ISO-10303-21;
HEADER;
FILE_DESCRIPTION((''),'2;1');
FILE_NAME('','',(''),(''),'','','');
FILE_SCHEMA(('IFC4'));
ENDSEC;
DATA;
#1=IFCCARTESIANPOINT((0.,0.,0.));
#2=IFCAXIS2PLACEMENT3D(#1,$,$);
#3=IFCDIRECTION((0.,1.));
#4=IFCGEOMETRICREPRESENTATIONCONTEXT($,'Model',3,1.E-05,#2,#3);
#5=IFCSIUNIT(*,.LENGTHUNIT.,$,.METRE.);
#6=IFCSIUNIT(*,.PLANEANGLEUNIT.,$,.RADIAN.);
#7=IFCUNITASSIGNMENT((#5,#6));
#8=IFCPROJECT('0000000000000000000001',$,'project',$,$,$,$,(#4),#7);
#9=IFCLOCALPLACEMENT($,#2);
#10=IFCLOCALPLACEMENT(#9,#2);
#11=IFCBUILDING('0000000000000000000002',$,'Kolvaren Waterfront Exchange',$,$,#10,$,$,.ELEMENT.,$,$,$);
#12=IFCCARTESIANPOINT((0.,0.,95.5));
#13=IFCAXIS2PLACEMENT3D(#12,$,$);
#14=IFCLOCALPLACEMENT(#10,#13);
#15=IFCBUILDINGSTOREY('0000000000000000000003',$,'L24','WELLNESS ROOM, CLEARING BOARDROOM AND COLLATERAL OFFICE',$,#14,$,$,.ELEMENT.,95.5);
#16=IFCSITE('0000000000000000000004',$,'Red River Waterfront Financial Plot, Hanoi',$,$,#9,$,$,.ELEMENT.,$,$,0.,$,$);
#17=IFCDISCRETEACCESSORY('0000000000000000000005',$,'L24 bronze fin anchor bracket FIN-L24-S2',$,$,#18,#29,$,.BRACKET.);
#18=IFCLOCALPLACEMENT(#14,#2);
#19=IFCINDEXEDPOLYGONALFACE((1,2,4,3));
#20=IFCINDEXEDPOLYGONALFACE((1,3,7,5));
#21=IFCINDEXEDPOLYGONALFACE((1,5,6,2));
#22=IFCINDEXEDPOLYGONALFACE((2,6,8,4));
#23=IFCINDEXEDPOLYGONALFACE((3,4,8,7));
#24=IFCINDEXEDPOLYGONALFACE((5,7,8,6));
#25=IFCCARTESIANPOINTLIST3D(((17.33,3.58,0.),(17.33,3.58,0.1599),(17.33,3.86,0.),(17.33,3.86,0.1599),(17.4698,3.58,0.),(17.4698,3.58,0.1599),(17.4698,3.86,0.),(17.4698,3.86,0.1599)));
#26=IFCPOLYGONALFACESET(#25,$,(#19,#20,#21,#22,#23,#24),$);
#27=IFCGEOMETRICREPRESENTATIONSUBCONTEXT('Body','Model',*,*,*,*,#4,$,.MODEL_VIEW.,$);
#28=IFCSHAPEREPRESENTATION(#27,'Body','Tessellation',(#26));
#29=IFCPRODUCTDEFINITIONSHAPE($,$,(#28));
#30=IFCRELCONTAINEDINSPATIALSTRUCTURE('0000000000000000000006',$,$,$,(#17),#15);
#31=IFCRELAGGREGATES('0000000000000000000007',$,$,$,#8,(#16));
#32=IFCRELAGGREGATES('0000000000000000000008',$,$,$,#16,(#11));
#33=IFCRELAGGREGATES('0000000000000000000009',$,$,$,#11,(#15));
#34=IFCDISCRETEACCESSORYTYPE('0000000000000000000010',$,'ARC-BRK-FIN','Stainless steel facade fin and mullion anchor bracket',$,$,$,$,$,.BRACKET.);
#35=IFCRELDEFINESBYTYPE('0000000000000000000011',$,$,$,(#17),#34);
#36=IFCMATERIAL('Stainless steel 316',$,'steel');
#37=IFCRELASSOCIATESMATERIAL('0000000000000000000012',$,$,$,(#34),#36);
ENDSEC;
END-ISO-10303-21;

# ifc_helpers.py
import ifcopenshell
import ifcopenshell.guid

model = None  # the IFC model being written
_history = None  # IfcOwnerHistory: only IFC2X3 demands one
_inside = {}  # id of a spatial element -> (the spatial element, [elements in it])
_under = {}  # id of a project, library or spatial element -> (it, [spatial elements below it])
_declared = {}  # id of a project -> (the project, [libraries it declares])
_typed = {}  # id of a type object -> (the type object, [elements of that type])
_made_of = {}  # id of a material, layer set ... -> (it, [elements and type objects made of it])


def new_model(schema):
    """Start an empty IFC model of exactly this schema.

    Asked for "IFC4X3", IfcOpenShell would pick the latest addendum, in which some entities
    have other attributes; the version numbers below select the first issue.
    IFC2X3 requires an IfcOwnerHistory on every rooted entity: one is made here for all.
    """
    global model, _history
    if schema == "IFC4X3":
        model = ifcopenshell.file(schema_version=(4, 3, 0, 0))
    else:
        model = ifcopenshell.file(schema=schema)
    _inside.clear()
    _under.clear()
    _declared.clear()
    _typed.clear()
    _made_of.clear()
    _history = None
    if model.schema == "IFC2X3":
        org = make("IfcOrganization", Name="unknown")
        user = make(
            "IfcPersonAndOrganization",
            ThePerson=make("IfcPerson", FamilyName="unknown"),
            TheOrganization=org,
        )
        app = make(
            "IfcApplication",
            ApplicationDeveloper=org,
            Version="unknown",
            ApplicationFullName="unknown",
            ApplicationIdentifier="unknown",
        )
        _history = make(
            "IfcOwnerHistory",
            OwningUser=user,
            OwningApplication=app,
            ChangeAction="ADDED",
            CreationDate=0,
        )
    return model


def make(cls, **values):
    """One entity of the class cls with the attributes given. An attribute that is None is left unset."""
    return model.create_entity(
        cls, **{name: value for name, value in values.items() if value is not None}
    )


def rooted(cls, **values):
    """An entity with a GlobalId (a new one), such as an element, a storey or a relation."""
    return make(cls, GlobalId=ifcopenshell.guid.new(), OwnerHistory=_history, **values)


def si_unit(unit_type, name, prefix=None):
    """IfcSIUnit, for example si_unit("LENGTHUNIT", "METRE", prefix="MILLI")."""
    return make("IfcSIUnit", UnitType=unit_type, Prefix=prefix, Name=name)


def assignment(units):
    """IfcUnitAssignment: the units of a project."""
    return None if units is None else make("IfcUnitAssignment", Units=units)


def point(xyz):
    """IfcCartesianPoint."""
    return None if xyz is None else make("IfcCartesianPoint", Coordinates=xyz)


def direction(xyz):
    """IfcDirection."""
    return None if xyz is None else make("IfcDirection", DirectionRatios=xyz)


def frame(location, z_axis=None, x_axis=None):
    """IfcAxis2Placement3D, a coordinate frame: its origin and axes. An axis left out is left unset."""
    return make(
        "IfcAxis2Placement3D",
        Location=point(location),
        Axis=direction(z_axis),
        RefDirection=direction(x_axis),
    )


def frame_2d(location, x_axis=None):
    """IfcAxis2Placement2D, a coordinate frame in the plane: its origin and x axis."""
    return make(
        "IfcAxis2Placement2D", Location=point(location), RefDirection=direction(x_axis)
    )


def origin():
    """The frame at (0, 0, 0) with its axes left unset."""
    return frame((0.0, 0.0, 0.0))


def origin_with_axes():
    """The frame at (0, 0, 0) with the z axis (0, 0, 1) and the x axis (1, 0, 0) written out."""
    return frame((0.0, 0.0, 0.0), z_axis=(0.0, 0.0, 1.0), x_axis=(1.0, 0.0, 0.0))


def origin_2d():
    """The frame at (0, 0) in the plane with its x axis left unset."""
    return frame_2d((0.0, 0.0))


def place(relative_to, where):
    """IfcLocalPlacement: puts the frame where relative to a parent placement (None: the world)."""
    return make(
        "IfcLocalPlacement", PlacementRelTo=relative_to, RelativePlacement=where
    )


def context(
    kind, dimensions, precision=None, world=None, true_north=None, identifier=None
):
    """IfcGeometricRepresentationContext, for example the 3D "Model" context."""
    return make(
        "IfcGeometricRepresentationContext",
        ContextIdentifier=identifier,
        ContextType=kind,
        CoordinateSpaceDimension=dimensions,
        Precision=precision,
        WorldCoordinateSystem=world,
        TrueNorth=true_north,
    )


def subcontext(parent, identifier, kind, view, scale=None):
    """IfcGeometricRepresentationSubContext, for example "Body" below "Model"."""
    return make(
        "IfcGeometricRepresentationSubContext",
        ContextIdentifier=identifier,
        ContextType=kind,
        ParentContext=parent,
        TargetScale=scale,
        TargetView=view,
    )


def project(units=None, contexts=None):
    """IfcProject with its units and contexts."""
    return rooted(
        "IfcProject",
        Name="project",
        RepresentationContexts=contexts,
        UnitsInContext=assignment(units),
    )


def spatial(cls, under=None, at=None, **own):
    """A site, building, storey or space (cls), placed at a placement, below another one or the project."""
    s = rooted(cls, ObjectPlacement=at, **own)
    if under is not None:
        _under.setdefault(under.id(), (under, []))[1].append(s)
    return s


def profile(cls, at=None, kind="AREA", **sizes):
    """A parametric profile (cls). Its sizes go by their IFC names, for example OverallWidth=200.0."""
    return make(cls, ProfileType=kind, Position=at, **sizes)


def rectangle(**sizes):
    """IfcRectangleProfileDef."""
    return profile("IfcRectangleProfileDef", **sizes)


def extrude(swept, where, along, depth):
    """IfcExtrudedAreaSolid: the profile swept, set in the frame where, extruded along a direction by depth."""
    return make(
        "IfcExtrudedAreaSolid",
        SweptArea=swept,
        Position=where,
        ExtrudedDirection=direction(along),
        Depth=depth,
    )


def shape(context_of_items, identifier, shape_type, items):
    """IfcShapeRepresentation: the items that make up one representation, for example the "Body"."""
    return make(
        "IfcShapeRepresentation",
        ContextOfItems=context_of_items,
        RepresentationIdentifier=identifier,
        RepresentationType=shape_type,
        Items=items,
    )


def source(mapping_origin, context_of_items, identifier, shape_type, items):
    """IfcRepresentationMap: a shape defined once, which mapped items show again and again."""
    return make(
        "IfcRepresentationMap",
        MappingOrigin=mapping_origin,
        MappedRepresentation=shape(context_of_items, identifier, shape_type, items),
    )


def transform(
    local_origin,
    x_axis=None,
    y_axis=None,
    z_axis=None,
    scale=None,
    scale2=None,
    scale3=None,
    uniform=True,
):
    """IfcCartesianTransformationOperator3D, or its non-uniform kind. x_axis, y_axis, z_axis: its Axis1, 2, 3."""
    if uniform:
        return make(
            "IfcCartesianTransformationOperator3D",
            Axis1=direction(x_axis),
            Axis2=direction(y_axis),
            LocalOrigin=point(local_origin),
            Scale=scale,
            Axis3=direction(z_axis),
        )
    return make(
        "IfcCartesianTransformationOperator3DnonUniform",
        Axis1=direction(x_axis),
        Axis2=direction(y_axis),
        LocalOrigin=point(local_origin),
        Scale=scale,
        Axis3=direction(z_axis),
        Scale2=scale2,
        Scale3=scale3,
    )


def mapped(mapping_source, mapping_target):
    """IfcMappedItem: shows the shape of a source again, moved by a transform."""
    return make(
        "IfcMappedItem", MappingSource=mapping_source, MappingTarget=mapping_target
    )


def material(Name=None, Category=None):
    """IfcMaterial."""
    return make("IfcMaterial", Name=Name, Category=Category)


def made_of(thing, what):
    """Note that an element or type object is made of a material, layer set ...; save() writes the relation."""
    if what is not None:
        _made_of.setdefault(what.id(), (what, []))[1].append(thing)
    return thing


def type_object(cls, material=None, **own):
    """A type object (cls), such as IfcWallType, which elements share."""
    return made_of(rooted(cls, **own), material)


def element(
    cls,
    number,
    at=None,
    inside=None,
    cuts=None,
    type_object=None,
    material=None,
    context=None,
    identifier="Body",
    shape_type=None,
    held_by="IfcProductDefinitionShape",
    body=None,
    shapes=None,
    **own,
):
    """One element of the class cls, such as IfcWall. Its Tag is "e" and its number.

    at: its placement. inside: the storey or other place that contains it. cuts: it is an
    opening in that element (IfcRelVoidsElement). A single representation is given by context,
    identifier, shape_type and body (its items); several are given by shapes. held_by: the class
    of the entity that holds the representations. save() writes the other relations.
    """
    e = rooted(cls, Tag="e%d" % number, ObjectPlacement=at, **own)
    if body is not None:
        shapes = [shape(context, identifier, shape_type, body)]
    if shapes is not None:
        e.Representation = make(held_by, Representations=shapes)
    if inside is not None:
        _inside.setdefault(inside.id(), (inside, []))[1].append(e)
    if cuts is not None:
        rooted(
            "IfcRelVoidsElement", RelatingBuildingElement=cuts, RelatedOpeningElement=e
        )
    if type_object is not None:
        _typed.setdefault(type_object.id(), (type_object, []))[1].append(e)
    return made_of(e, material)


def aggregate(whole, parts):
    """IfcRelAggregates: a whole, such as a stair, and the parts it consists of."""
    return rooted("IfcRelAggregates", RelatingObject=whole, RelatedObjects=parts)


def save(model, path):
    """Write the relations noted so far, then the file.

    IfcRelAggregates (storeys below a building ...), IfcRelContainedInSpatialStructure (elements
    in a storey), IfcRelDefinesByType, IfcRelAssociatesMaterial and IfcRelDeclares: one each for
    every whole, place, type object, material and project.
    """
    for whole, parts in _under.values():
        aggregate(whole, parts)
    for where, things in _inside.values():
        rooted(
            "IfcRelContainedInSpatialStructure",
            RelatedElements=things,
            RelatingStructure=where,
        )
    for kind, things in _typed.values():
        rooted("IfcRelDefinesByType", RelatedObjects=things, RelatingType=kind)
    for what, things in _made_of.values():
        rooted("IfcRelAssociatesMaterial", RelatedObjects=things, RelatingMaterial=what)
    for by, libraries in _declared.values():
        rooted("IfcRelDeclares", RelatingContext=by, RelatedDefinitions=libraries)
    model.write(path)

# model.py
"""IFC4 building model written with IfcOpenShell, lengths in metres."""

from ifc_helpers import new_model, si_unit, direction, frame, origin, origin_with_axes, origin_2d, place, context, subcontext, project, spatial, rectangle, extrude, source, transform, mapped, material, type_object, element, save


model = new_model("IFC4")

# Units and contexts
model_context = context("Model", 3, precision=1e-05, world=origin(), true_north=direction((0.0, 1.0)))
body_context = subcontext(model_context, "Body", "Model", "MODEL_VIEW")
ifc_project = project(units=[si_unit("LENGTHUNIT", "METRE"), si_unit("PLANEANGLEUNIT", "RADIAN")], contexts=[model_context])

# Site, building, storey
site_placement = place(None, origin())
site = spatial("IfcSite", under=ifc_project, at=site_placement, Name="Red River Waterfront Financial Plot, Hanoi", CompositionType="ELEMENT", RefElevation=0.0)
building_placement = place(site_placement, origin())
building = spatial("IfcBuilding", under=site, at=building_placement, Name="Kolvaren Waterfront Exchange", CompositionType="ELEMENT")
storey_placement = place(building_placement, frame((0.0, 0.0, 95.5)))
storey = spatial("IfcBuildingStorey", under=building, at=storey_placement, Name="L24", Description="WELLNESS ROOM, CLEARING BOARDROOM AND COLLATERAL OFFICE", CompositionType="ELEMENT", Elevation=95.5)

# Shared definitions
ifc_material_1 = material(Name="Stainless steel 316", Category="steel")

# Discrete accessory
discrete_accessory_type = type_object("IfcDiscreteAccessoryType", Name="ARC-BRK-FIN", Description="Stainless steel facade fin and mullion anchor bracket", PredefinedType="BRACKET", material=ifc_material_1)
shared_shape_1 = source(origin_with_axes(), body_context, "Body", "SweptSolid", [
    extrude(rectangle(XDim=0.28, YDim=0.1399, at=origin_2d()), origin(), (0.0, 0.0, 1.0), 0.1599),
])
for number, where, z_axis, x_axis, name in (
    (1, (17.3999, 3.72, 0.0), (0.0, 0.0, 1.0), (0.0, -1.0, 0.0), "L24 bronze fin anchor bracket FIN-L24-S2"),
):
    element("IfcDiscreteAccessory", number, at=place(storey_placement, frame(where, z_axis=z_axis, x_axis=x_axis)), inside=storey, type_object=discrete_accessory_type, Name=name, PredefinedType="BRACKET", context=body_context, shape_type="MappedRepresentation", body=[
        mapped(shared_shape_1, transform((0.0, 0.0, 0.0), x_axis=(1.0, 0.0, 0.0), y_axis=(0.0, 1.0, 0.0), z_axis=(0.0, 0.0, 1.0), scale=1.0)),
    ])

save(model, "model.ifc")
